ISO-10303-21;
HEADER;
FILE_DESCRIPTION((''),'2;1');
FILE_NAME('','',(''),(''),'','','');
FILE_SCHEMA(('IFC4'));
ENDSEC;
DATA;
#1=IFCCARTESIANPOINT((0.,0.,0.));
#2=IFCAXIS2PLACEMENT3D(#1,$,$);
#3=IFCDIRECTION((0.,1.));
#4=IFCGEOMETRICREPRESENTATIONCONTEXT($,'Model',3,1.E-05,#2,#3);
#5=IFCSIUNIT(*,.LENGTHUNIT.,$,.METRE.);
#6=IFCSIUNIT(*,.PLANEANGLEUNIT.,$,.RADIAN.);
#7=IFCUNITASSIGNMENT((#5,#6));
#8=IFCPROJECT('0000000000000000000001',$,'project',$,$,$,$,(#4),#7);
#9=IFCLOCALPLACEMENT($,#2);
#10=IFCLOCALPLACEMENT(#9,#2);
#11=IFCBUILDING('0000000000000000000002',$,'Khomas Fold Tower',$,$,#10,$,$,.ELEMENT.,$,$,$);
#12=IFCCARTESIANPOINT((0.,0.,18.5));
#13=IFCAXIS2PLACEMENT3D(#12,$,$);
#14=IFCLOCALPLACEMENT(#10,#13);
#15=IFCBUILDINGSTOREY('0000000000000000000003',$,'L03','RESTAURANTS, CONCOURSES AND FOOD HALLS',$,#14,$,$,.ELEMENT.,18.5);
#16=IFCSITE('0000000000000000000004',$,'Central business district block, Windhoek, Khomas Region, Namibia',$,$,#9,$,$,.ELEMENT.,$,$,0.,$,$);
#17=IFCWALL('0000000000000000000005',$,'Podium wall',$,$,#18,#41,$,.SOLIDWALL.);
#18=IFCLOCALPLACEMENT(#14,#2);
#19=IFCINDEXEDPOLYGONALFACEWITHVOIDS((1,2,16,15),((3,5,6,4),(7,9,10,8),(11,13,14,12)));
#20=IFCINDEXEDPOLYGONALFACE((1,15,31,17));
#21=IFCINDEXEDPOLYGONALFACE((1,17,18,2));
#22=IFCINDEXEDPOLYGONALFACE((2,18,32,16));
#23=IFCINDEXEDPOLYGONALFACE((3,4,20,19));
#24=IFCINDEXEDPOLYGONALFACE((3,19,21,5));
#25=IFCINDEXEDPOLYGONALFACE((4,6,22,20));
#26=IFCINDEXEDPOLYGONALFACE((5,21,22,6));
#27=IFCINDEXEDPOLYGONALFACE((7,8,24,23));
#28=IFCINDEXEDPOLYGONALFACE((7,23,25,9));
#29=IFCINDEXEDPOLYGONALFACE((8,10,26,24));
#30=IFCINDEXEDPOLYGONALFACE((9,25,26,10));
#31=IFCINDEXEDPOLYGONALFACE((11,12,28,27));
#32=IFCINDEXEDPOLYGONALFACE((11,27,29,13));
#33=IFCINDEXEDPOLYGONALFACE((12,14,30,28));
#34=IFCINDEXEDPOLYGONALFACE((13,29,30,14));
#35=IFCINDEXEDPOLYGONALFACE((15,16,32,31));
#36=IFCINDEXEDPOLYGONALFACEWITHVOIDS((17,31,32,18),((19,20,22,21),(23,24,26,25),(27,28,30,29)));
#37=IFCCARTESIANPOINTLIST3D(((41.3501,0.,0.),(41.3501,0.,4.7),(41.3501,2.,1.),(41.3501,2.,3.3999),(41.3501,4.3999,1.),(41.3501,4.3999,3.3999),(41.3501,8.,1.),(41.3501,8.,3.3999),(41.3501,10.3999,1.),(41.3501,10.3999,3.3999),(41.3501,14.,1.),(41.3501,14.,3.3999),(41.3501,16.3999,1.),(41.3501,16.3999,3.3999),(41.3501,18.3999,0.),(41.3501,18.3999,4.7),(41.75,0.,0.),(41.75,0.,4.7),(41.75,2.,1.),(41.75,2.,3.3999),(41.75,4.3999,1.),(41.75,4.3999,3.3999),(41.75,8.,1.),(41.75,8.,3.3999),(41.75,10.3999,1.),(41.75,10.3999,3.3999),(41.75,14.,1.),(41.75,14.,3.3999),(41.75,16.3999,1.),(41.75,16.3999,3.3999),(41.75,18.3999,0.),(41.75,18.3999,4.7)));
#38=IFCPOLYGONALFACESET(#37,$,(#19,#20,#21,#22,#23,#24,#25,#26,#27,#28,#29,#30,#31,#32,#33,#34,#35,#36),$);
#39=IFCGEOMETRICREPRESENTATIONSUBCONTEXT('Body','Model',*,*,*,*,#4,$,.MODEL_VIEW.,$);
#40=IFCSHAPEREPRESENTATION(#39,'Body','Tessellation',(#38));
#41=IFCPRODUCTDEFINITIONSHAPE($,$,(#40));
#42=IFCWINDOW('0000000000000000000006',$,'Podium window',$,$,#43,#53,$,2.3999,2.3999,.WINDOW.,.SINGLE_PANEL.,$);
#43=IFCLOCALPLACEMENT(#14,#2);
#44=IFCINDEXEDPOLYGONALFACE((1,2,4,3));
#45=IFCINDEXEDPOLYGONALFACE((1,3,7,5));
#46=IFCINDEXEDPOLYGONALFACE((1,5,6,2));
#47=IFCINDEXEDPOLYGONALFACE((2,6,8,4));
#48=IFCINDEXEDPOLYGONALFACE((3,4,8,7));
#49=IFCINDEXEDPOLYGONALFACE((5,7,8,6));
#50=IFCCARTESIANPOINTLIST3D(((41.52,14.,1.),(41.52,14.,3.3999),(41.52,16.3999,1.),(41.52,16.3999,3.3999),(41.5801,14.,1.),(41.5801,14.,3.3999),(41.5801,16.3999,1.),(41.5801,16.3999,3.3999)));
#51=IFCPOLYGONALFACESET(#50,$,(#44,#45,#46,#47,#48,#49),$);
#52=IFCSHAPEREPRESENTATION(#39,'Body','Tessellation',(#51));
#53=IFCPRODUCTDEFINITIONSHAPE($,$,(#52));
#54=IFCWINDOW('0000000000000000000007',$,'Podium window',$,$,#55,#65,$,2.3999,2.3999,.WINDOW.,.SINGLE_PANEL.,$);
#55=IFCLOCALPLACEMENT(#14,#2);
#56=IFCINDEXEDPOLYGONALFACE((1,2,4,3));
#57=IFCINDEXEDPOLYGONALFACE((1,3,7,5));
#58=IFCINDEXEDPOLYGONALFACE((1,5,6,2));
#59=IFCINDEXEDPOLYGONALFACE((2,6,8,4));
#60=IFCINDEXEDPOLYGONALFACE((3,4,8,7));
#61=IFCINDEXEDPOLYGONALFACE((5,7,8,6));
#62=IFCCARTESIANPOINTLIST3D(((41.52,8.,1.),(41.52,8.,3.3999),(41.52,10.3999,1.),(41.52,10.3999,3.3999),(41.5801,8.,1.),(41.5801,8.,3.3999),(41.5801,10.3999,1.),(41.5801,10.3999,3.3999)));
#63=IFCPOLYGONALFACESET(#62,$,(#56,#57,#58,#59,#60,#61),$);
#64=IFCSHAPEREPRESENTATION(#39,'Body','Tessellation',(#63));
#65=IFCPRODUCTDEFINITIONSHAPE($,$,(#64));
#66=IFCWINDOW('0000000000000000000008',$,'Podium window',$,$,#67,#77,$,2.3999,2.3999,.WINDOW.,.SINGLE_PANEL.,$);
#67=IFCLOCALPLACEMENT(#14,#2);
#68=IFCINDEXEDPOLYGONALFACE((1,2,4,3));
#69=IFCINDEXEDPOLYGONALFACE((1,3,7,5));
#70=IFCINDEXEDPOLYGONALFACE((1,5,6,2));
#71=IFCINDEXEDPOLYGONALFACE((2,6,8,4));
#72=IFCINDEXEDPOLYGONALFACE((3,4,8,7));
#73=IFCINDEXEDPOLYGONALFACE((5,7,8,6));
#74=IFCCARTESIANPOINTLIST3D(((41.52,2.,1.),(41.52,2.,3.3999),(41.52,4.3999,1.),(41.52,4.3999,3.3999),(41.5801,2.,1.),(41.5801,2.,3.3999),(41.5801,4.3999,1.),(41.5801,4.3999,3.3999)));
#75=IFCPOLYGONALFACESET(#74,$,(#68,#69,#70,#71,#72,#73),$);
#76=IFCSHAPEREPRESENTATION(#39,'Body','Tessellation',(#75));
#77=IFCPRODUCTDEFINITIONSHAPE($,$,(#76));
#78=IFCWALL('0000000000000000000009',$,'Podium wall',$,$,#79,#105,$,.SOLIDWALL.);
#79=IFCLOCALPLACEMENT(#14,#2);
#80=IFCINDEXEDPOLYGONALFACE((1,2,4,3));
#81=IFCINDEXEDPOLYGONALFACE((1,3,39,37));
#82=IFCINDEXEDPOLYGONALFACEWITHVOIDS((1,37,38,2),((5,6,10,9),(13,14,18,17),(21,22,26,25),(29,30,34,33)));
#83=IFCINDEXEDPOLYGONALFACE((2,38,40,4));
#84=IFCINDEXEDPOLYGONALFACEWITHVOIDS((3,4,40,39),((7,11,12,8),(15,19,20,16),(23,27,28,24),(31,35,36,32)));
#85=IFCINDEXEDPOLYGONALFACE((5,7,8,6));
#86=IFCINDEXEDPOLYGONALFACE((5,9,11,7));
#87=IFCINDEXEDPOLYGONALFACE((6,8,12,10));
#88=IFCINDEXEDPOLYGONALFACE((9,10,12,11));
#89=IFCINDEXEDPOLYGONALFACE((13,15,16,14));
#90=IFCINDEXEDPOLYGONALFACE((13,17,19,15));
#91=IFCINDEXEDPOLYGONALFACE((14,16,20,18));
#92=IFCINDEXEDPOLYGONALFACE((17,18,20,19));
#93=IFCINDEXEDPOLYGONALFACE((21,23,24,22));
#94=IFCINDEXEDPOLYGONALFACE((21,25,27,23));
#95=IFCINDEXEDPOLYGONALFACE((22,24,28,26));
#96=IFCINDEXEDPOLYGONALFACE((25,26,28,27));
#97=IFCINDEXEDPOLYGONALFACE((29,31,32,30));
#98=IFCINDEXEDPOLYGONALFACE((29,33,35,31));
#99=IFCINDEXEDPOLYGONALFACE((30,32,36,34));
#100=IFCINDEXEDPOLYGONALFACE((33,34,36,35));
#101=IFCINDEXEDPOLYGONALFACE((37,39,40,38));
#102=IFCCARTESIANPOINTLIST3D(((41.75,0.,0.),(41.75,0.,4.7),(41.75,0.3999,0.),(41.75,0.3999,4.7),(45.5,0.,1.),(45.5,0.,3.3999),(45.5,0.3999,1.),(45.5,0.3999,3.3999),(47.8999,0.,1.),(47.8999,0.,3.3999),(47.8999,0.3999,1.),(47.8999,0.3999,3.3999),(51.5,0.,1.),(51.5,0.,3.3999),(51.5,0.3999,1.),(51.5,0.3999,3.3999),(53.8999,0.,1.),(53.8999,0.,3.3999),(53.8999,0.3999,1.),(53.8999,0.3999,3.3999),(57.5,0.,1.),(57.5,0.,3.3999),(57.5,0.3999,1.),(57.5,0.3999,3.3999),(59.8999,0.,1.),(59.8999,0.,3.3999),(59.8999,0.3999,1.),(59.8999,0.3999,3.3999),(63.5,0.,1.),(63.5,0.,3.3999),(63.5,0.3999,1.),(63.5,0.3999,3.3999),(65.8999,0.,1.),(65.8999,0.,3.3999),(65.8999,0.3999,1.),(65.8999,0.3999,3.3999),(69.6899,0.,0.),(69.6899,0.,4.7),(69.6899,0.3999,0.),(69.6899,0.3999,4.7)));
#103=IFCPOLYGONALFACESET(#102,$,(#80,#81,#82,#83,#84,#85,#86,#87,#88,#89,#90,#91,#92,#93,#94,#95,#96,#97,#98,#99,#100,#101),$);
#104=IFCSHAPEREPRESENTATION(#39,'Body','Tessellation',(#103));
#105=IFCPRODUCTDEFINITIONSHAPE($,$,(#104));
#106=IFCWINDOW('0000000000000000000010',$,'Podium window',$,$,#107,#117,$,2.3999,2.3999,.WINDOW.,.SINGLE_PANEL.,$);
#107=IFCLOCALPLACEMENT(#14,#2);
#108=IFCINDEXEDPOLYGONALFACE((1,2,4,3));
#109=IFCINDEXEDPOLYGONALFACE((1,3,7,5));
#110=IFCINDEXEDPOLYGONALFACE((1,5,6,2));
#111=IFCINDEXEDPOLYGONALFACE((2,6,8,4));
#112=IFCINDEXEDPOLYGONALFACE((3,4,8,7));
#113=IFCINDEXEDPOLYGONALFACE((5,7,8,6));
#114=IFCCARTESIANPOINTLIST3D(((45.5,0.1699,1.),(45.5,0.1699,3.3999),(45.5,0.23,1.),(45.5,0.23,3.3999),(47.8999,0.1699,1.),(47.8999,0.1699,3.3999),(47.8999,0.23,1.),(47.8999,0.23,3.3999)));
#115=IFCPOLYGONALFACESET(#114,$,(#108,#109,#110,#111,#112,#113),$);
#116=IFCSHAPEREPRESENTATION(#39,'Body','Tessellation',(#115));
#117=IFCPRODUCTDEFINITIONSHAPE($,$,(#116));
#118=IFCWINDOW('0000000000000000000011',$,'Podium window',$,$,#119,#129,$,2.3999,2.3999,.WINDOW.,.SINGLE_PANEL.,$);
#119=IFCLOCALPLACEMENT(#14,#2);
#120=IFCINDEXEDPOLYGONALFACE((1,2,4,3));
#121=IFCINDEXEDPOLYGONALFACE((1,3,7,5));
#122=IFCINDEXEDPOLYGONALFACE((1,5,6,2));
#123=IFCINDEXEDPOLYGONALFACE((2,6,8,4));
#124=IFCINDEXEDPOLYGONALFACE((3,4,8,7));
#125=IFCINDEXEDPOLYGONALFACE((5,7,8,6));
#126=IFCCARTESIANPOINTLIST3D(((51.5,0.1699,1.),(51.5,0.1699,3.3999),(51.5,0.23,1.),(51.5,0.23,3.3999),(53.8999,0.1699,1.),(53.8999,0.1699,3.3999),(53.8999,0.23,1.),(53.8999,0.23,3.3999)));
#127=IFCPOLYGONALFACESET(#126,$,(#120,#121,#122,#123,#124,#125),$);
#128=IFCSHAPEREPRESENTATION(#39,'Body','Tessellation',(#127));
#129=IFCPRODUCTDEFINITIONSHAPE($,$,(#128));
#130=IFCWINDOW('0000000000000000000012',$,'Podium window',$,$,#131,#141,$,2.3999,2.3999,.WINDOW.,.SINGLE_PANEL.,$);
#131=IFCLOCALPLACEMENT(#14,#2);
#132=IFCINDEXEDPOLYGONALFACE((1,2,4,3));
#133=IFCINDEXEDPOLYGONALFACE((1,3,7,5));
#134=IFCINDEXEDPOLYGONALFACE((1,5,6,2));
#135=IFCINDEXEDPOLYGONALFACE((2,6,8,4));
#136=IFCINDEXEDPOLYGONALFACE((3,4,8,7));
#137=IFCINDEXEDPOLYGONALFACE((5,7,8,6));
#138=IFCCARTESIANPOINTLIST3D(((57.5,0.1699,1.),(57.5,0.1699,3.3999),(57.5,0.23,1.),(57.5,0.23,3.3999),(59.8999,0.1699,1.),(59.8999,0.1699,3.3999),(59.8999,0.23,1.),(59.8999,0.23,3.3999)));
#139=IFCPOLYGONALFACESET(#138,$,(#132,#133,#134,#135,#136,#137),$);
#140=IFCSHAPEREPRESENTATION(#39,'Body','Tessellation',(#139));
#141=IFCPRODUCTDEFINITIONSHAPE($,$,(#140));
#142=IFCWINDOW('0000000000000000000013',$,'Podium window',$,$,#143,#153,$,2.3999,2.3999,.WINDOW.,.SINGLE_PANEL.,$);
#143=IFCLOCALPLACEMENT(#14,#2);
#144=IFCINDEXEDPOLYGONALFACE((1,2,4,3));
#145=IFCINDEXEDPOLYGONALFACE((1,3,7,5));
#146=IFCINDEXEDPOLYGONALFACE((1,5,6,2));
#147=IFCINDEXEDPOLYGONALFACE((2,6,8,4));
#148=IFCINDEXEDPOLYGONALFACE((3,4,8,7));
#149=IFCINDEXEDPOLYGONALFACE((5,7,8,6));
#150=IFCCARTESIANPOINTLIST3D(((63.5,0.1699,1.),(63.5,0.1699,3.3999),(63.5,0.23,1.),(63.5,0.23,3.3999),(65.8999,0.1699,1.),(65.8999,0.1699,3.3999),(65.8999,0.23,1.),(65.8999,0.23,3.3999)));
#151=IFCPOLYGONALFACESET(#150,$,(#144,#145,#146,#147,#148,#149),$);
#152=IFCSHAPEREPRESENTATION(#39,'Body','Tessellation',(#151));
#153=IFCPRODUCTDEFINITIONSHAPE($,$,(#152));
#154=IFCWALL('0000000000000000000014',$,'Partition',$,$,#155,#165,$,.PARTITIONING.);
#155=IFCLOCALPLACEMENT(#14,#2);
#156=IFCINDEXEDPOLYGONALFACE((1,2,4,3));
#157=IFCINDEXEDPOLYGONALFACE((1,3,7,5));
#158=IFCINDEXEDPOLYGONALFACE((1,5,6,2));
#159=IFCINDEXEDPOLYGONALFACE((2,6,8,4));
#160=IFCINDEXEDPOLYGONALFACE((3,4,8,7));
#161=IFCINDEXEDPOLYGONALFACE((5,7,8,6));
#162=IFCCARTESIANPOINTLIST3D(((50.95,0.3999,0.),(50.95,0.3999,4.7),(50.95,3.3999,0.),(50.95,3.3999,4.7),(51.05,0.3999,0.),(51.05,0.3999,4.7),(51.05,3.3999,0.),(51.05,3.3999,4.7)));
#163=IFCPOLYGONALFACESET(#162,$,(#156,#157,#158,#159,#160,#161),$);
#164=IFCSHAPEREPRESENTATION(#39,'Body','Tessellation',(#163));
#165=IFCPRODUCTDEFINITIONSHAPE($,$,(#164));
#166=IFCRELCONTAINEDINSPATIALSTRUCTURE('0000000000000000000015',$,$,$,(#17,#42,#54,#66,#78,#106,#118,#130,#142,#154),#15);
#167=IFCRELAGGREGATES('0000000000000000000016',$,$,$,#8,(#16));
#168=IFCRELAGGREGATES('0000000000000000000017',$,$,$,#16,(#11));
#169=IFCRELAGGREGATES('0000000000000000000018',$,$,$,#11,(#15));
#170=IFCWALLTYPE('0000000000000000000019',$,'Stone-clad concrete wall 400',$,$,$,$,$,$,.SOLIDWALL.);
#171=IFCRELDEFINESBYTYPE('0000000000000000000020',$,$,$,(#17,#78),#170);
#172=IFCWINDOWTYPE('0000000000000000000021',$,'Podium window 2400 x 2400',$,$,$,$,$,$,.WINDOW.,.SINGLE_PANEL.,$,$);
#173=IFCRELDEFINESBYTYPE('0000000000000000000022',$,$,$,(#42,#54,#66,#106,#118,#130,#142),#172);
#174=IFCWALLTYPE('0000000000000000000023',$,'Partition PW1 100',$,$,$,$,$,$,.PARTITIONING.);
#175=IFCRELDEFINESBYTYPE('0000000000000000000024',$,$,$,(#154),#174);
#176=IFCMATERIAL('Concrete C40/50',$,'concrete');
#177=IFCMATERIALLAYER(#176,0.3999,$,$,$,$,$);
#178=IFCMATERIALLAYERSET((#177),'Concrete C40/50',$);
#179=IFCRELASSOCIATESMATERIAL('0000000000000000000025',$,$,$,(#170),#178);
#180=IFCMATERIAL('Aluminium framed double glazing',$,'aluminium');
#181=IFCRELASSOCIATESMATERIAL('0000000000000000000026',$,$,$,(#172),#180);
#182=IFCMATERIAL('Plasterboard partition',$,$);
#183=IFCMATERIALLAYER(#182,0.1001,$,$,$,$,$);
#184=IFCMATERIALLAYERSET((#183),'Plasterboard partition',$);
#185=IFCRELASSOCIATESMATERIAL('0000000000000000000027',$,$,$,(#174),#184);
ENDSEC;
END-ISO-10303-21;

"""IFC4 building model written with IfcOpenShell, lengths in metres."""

from ifc_helpers import new_model, si_unit, direction, frame, frame_2d, origin, place, context, subcontext, project, spatial, rectangle, extrude, source, transform, mapped, material, layer, layer_set, type_object, element, fill, save


model = new_model("IFC4")

# Units and contexts
model_context = context("Model", 3, precision=1e-05, world=origin(), true_north=direction((0.0, 1.0)))
body_context = subcontext(model_context, "Body", "Model", "MODEL_VIEW")
ifc_project = project(units=[si_unit("LENGTHUNIT", "METRE"), si_unit("PLANEANGLEUNIT", "RADIAN")], contexts=[model_context])

# Site, building, storey
site_placement = place(None, origin())
site = spatial("IfcSite", under=ifc_project, at=site_placement, Name="Central business district block, Windhoek, Khomas Region, Namibia", CompositionType="ELEMENT", RefElevation=0.0)
building_placement = place(site_placement, origin())
building = spatial("IfcBuilding", under=site, at=building_placement, Name="Khomas Fold Tower", CompositionType="ELEMENT")
storey_placement = place(building_placement, frame((0.0, 0.0, 18.5)))
storey = spatial("IfcBuildingStorey", under=building, at=storey_placement, Name="L03", Description="RESTAURANTS, CONCOURSES AND FOOD HALLS", CompositionType="ELEMENT", Elevation=18.5)

# Walls, openings, windows
ifc_material_1 = material(Name="Concrete C40/50", Category="concrete")
ifc_layer_1 = layer(ifc_material_1, 0.3999)
ifc_layer_set_1 = layer_set([ifc_layer_1], Name="Concrete C40/50")
wall_type_1 = type_object("IfcWallType", Name="Stone-clad concrete wall 400", PredefinedType="SOLIDWALL", material=ifc_layer_set_1)
shared_shape_1 = source(origin(), body_context, "Body", "SweptSolid", [
    extrude(rectangle(XDim=18.3999, YDim=0.3999, at=frame_2d((9.2, 0.0))), origin(), (0.0, 0.0, 1.0), 4.7),
])
wall_1_placement = place(storey_placement, frame((41.55, 18.3999, 0.0), z_axis=(0.0, 0.0, 1.0), x_axis=(0.0, -1.0, 0.0)))
wall_1 = element("IfcWall", 1, at=wall_1_placement, inside=storey, type_object=wall_type_1, Name="Podium wall", PredefinedType="SOLIDWALL", context=body_context, shape_type="MappedRepresentation", body=[
    mapped(shared_shape_1, transform((0.0, 0.0, 0.0))),
])
shared_shape_2 = source(origin(), body_context, "Body", "SweptSolid", [
    extrude(rectangle(XDim=2.3999, YDim=2.3999, at=frame_2d((1.2, 1.2))), frame((0.0, 0.21, 0.0), z_axis=(0.0, -1.0, 0.0), x_axis=(1.0, 0.0, 0.0)), (0.0, 0.0, 1.0), 0.4199),
])
opening_1_placement = place(wall_1_placement, frame((2.0, 0.0, 1.0)))
opening_1 = element("IfcOpeningElement", 2, at=opening_1_placement, cuts=wall_1, PredefinedType="OPENING", context=body_context, shape_type="MappedRepresentation", body=[
    mapped(shared_shape_2, transform((0.0, 0.0, 0.0))),
])
opening_2_placement = place(wall_1_placement, frame((8.0, 0.0, 1.0)))
opening_2 = element("IfcOpeningElement", 3, at=opening_2_placement, cuts=wall_1, PredefinedType="OPENING", context=body_context, shape_type="MappedRepresentation", body=[
    mapped(shared_shape_2, transform((0.0, 0.0, 0.0))),
])
opening_3_placement = place(wall_1_placement, frame((14.0, 0.0, 1.0)))
opening_3 = element("IfcOpeningElement", 4, at=opening_3_placement, cuts=wall_1, PredefinedType="OPENING", context=body_context, shape_type="MappedRepresentation", body=[
    mapped(shared_shape_2, transform((0.0, 0.0, 0.0))),
])
ifc_material_2 = material(Name="Aluminium framed double glazing", Category="aluminium")
window_type = type_object("IfcWindowType", Name="Podium window 2400 x 2400", PartitioningType="SINGLE_PANEL", PredefinedType="WINDOW", material=ifc_material_2)
shared_shape_3 = source(origin(), body_context, "Body", "SweptSolid", [
    extrude(rectangle(XDim=2.3999, YDim=2.3999, at=frame_2d((1.2, 1.2))), frame((0.0, 0.03, 0.0), z_axis=(0.0, -1.0, 0.0), x_axis=(1.0, 0.0, 0.0)), (0.0, 0.0, 1.0), 0.0601),
])
window_1_placement = place(opening_1_placement, origin())
window_1 = element("IfcWindow", 5, at=window_1_placement, inside=storey, type_object=window_type, Name="Podium window", OverallHeight=2.3999, OverallWidth=2.3999, PartitioningType="SINGLE_PANEL", PredefinedType="WINDOW", context=body_context, shape_type="MappedRepresentation", body=[
    mapped(shared_shape_3, transform((0.0, 0.0, 0.0))),
])
fill(opening_1, window_1)
window_2_placement = place(opening_2_placement, origin())
window_2 = element("IfcWindow", 6, at=window_2_placement, inside=storey, type_object=window_type, Name="Podium window", OverallHeight=2.3999, OverallWidth=2.3999, PartitioningType="SINGLE_PANEL", PredefinedType="WINDOW", context=body_context, shape_type="MappedRepresentation", body=[
    mapped(shared_shape_3, transform((0.0, 0.0, 0.0))),
])
fill(opening_2, window_2)
window_3_placement = place(opening_3_placement, origin())
window_3 = element("IfcWindow", 7, at=window_3_placement, inside=storey, type_object=window_type, Name="Podium window", OverallHeight=2.3999, OverallWidth=2.3999, PartitioningType="SINGLE_PANEL", PredefinedType="WINDOW", context=body_context, shape_type="MappedRepresentation", body=[
    mapped(shared_shape_3, transform((0.0, 0.0, 0.0))),
])
fill(opening_3, window_3)
shared_shape_4 = source(origin(), body_context, "Body", "SweptSolid", [
    extrude(rectangle(XDim=27.9399, YDim=0.3999, at=frame_2d((13.97, 0.0))), origin(), (0.0, 0.0, 1.0), 4.7),
])
wall_2_placement = place(storey_placement, frame((41.75, 0.2, 0.0), z_axis=(0.0, 0.0, 1.0), x_axis=(1.0, 0.0, 0.0)))
wall_2 = element("IfcWall", 8, at=wall_2_placement, inside=storey, type_object=wall_type_1, Name="Podium wall", PredefinedType="SOLIDWALL", context=body_context, shape_type="MappedRepresentation", body=[
    mapped(shared_shape_4, transform((0.0, 0.0, 0.0))),
])
opening_4_placement = place(wall_2_placement, frame((3.75, 0.0, 1.0)))
opening_4 = element("IfcOpeningElement", 9, at=opening_4_placement, cuts=wall_2, PredefinedType="OPENING", context=body_context, shape_type="MappedRepresentation", body=[
    mapped(shared_shape_2, transform((0.0, 0.0, 0.0))),
])
opening_5_placement = place(wall_2_placement, frame((9.75, 0.0, 1.0)))
opening_5 = element("IfcOpeningElement", 10, at=opening_5_placement, cuts=wall_2, PredefinedType="OPENING", context=body_context, shape_type="MappedRepresentation", body=[
    mapped(shared_shape_2, transform((0.0, 0.0, 0.0))),
])
opening_6_placement = place(wall_2_placement, frame((15.75, 0.0, 1.0)))
opening_6 = element("IfcOpeningElement", 11, at=opening_6_placement, cuts=wall_2, PredefinedType="OPENING", context=body_context, shape_type="MappedRepresentation", body=[
    mapped(shared_shape_2, transform((0.0, 0.0, 0.0))),
])
opening_7_placement = place(wall_2_placement, frame((21.75, 0.0, 1.0)))
opening_7 = element("IfcOpeningElement", 12, at=opening_7_placement, cuts=wall_2, PredefinedType="OPENING", context=body_context, shape_type="MappedRepresentation", body=[
    mapped(shared_shape_2, transform((0.0, 0.0, 0.0))),
])
window_4_placement = place(opening_4_placement, origin())
window_4 = element("IfcWindow", 13, at=window_4_placement, inside=storey, type_object=window_type, Name="Podium window", OverallHeight=2.3999, OverallWidth=2.3999, PartitioningType="SINGLE_PANEL", PredefinedType="WINDOW", context=body_context, shape_type="MappedRepresentation", body=[
    mapped(shared_shape_3, transform((0.0, 0.0, 0.0))),
])
fill(opening_4, window_4)
window_5_placement = place(opening_5_placement, origin())
window_5 = element("IfcWindow", 14, at=window_5_placement, inside=storey, type_object=window_type, Name="Podium window", OverallHeight=2.3999, OverallWidth=2.3999, PartitioningType="SINGLE_PANEL", PredefinedType="WINDOW", context=body_context, shape_type="MappedRepresentation", body=[
    mapped(shared_shape_3, transform((0.0, 0.0, 0.0))),
])
fill(opening_5, window_5)
window_6_placement = place(opening_6_placement, origin())
window_6 = element("IfcWindow", 15, at=window_6_placement, inside=storey, type_object=window_type, Name="Podium window", OverallHeight=2.3999, OverallWidth=2.3999, PartitioningType="SINGLE_PANEL", PredefinedType="WINDOW", context=body_context, shape_type="MappedRepresentation", body=[
    mapped(shared_shape_3, transform((0.0, 0.0, 0.0))),
])
fill(opening_6, window_6)
window_7_placement = place(opening_7_placement, origin())
window_7 = element("IfcWindow", 16, at=window_7_placement, inside=storey, type_object=window_type, Name="Podium window", OverallHeight=2.3999, OverallWidth=2.3999, PartitioningType="SINGLE_PANEL", PredefinedType="WINDOW", context=body_context, shape_type="MappedRepresentation", body=[
    mapped(shared_shape_3, transform((0.0, 0.0, 0.0))),
])
fill(opening_7, window_7)

# Wall
ifc_material_3 = material(Name="Plasterboard partition")
ifc_layer_2 = layer(ifc_material_3, 0.1001)
ifc_layer_set_2 = layer_set([ifc_layer_2], Name="Plasterboard partition")
wall_type_2 = type_object("IfcWallType", Name="Partition PW1 100", PredefinedType="PARTITIONING", material=ifc_layer_set_2)
shared_shape_5 = source(origin(), body_context, "Body", "SweptSolid", [
    extrude(rectangle(XDim=3.0, YDim=0.1001, at=frame_2d((1.5, 0.0))), origin(), (0.0, 0.0, 1.0), 4.7),
])
wall_3_placement = place(storey_placement, frame((51.0, 0.3999, 0.0), z_axis=(0.0, 0.0, 1.0), x_axis=(0.0, 1.0, 0.0)))
element("IfcWall", 17, at=wall_3_placement, inside=storey, type_object=wall_type_2, Name="Partition", PredefinedType="PARTITIONING", context=body_context, shape_type="MappedRepresentation", body=[
    mapped(shared_shape_5, transform((0.0, 0.0, 0.0))),
])

save(model, "model.ifc")
